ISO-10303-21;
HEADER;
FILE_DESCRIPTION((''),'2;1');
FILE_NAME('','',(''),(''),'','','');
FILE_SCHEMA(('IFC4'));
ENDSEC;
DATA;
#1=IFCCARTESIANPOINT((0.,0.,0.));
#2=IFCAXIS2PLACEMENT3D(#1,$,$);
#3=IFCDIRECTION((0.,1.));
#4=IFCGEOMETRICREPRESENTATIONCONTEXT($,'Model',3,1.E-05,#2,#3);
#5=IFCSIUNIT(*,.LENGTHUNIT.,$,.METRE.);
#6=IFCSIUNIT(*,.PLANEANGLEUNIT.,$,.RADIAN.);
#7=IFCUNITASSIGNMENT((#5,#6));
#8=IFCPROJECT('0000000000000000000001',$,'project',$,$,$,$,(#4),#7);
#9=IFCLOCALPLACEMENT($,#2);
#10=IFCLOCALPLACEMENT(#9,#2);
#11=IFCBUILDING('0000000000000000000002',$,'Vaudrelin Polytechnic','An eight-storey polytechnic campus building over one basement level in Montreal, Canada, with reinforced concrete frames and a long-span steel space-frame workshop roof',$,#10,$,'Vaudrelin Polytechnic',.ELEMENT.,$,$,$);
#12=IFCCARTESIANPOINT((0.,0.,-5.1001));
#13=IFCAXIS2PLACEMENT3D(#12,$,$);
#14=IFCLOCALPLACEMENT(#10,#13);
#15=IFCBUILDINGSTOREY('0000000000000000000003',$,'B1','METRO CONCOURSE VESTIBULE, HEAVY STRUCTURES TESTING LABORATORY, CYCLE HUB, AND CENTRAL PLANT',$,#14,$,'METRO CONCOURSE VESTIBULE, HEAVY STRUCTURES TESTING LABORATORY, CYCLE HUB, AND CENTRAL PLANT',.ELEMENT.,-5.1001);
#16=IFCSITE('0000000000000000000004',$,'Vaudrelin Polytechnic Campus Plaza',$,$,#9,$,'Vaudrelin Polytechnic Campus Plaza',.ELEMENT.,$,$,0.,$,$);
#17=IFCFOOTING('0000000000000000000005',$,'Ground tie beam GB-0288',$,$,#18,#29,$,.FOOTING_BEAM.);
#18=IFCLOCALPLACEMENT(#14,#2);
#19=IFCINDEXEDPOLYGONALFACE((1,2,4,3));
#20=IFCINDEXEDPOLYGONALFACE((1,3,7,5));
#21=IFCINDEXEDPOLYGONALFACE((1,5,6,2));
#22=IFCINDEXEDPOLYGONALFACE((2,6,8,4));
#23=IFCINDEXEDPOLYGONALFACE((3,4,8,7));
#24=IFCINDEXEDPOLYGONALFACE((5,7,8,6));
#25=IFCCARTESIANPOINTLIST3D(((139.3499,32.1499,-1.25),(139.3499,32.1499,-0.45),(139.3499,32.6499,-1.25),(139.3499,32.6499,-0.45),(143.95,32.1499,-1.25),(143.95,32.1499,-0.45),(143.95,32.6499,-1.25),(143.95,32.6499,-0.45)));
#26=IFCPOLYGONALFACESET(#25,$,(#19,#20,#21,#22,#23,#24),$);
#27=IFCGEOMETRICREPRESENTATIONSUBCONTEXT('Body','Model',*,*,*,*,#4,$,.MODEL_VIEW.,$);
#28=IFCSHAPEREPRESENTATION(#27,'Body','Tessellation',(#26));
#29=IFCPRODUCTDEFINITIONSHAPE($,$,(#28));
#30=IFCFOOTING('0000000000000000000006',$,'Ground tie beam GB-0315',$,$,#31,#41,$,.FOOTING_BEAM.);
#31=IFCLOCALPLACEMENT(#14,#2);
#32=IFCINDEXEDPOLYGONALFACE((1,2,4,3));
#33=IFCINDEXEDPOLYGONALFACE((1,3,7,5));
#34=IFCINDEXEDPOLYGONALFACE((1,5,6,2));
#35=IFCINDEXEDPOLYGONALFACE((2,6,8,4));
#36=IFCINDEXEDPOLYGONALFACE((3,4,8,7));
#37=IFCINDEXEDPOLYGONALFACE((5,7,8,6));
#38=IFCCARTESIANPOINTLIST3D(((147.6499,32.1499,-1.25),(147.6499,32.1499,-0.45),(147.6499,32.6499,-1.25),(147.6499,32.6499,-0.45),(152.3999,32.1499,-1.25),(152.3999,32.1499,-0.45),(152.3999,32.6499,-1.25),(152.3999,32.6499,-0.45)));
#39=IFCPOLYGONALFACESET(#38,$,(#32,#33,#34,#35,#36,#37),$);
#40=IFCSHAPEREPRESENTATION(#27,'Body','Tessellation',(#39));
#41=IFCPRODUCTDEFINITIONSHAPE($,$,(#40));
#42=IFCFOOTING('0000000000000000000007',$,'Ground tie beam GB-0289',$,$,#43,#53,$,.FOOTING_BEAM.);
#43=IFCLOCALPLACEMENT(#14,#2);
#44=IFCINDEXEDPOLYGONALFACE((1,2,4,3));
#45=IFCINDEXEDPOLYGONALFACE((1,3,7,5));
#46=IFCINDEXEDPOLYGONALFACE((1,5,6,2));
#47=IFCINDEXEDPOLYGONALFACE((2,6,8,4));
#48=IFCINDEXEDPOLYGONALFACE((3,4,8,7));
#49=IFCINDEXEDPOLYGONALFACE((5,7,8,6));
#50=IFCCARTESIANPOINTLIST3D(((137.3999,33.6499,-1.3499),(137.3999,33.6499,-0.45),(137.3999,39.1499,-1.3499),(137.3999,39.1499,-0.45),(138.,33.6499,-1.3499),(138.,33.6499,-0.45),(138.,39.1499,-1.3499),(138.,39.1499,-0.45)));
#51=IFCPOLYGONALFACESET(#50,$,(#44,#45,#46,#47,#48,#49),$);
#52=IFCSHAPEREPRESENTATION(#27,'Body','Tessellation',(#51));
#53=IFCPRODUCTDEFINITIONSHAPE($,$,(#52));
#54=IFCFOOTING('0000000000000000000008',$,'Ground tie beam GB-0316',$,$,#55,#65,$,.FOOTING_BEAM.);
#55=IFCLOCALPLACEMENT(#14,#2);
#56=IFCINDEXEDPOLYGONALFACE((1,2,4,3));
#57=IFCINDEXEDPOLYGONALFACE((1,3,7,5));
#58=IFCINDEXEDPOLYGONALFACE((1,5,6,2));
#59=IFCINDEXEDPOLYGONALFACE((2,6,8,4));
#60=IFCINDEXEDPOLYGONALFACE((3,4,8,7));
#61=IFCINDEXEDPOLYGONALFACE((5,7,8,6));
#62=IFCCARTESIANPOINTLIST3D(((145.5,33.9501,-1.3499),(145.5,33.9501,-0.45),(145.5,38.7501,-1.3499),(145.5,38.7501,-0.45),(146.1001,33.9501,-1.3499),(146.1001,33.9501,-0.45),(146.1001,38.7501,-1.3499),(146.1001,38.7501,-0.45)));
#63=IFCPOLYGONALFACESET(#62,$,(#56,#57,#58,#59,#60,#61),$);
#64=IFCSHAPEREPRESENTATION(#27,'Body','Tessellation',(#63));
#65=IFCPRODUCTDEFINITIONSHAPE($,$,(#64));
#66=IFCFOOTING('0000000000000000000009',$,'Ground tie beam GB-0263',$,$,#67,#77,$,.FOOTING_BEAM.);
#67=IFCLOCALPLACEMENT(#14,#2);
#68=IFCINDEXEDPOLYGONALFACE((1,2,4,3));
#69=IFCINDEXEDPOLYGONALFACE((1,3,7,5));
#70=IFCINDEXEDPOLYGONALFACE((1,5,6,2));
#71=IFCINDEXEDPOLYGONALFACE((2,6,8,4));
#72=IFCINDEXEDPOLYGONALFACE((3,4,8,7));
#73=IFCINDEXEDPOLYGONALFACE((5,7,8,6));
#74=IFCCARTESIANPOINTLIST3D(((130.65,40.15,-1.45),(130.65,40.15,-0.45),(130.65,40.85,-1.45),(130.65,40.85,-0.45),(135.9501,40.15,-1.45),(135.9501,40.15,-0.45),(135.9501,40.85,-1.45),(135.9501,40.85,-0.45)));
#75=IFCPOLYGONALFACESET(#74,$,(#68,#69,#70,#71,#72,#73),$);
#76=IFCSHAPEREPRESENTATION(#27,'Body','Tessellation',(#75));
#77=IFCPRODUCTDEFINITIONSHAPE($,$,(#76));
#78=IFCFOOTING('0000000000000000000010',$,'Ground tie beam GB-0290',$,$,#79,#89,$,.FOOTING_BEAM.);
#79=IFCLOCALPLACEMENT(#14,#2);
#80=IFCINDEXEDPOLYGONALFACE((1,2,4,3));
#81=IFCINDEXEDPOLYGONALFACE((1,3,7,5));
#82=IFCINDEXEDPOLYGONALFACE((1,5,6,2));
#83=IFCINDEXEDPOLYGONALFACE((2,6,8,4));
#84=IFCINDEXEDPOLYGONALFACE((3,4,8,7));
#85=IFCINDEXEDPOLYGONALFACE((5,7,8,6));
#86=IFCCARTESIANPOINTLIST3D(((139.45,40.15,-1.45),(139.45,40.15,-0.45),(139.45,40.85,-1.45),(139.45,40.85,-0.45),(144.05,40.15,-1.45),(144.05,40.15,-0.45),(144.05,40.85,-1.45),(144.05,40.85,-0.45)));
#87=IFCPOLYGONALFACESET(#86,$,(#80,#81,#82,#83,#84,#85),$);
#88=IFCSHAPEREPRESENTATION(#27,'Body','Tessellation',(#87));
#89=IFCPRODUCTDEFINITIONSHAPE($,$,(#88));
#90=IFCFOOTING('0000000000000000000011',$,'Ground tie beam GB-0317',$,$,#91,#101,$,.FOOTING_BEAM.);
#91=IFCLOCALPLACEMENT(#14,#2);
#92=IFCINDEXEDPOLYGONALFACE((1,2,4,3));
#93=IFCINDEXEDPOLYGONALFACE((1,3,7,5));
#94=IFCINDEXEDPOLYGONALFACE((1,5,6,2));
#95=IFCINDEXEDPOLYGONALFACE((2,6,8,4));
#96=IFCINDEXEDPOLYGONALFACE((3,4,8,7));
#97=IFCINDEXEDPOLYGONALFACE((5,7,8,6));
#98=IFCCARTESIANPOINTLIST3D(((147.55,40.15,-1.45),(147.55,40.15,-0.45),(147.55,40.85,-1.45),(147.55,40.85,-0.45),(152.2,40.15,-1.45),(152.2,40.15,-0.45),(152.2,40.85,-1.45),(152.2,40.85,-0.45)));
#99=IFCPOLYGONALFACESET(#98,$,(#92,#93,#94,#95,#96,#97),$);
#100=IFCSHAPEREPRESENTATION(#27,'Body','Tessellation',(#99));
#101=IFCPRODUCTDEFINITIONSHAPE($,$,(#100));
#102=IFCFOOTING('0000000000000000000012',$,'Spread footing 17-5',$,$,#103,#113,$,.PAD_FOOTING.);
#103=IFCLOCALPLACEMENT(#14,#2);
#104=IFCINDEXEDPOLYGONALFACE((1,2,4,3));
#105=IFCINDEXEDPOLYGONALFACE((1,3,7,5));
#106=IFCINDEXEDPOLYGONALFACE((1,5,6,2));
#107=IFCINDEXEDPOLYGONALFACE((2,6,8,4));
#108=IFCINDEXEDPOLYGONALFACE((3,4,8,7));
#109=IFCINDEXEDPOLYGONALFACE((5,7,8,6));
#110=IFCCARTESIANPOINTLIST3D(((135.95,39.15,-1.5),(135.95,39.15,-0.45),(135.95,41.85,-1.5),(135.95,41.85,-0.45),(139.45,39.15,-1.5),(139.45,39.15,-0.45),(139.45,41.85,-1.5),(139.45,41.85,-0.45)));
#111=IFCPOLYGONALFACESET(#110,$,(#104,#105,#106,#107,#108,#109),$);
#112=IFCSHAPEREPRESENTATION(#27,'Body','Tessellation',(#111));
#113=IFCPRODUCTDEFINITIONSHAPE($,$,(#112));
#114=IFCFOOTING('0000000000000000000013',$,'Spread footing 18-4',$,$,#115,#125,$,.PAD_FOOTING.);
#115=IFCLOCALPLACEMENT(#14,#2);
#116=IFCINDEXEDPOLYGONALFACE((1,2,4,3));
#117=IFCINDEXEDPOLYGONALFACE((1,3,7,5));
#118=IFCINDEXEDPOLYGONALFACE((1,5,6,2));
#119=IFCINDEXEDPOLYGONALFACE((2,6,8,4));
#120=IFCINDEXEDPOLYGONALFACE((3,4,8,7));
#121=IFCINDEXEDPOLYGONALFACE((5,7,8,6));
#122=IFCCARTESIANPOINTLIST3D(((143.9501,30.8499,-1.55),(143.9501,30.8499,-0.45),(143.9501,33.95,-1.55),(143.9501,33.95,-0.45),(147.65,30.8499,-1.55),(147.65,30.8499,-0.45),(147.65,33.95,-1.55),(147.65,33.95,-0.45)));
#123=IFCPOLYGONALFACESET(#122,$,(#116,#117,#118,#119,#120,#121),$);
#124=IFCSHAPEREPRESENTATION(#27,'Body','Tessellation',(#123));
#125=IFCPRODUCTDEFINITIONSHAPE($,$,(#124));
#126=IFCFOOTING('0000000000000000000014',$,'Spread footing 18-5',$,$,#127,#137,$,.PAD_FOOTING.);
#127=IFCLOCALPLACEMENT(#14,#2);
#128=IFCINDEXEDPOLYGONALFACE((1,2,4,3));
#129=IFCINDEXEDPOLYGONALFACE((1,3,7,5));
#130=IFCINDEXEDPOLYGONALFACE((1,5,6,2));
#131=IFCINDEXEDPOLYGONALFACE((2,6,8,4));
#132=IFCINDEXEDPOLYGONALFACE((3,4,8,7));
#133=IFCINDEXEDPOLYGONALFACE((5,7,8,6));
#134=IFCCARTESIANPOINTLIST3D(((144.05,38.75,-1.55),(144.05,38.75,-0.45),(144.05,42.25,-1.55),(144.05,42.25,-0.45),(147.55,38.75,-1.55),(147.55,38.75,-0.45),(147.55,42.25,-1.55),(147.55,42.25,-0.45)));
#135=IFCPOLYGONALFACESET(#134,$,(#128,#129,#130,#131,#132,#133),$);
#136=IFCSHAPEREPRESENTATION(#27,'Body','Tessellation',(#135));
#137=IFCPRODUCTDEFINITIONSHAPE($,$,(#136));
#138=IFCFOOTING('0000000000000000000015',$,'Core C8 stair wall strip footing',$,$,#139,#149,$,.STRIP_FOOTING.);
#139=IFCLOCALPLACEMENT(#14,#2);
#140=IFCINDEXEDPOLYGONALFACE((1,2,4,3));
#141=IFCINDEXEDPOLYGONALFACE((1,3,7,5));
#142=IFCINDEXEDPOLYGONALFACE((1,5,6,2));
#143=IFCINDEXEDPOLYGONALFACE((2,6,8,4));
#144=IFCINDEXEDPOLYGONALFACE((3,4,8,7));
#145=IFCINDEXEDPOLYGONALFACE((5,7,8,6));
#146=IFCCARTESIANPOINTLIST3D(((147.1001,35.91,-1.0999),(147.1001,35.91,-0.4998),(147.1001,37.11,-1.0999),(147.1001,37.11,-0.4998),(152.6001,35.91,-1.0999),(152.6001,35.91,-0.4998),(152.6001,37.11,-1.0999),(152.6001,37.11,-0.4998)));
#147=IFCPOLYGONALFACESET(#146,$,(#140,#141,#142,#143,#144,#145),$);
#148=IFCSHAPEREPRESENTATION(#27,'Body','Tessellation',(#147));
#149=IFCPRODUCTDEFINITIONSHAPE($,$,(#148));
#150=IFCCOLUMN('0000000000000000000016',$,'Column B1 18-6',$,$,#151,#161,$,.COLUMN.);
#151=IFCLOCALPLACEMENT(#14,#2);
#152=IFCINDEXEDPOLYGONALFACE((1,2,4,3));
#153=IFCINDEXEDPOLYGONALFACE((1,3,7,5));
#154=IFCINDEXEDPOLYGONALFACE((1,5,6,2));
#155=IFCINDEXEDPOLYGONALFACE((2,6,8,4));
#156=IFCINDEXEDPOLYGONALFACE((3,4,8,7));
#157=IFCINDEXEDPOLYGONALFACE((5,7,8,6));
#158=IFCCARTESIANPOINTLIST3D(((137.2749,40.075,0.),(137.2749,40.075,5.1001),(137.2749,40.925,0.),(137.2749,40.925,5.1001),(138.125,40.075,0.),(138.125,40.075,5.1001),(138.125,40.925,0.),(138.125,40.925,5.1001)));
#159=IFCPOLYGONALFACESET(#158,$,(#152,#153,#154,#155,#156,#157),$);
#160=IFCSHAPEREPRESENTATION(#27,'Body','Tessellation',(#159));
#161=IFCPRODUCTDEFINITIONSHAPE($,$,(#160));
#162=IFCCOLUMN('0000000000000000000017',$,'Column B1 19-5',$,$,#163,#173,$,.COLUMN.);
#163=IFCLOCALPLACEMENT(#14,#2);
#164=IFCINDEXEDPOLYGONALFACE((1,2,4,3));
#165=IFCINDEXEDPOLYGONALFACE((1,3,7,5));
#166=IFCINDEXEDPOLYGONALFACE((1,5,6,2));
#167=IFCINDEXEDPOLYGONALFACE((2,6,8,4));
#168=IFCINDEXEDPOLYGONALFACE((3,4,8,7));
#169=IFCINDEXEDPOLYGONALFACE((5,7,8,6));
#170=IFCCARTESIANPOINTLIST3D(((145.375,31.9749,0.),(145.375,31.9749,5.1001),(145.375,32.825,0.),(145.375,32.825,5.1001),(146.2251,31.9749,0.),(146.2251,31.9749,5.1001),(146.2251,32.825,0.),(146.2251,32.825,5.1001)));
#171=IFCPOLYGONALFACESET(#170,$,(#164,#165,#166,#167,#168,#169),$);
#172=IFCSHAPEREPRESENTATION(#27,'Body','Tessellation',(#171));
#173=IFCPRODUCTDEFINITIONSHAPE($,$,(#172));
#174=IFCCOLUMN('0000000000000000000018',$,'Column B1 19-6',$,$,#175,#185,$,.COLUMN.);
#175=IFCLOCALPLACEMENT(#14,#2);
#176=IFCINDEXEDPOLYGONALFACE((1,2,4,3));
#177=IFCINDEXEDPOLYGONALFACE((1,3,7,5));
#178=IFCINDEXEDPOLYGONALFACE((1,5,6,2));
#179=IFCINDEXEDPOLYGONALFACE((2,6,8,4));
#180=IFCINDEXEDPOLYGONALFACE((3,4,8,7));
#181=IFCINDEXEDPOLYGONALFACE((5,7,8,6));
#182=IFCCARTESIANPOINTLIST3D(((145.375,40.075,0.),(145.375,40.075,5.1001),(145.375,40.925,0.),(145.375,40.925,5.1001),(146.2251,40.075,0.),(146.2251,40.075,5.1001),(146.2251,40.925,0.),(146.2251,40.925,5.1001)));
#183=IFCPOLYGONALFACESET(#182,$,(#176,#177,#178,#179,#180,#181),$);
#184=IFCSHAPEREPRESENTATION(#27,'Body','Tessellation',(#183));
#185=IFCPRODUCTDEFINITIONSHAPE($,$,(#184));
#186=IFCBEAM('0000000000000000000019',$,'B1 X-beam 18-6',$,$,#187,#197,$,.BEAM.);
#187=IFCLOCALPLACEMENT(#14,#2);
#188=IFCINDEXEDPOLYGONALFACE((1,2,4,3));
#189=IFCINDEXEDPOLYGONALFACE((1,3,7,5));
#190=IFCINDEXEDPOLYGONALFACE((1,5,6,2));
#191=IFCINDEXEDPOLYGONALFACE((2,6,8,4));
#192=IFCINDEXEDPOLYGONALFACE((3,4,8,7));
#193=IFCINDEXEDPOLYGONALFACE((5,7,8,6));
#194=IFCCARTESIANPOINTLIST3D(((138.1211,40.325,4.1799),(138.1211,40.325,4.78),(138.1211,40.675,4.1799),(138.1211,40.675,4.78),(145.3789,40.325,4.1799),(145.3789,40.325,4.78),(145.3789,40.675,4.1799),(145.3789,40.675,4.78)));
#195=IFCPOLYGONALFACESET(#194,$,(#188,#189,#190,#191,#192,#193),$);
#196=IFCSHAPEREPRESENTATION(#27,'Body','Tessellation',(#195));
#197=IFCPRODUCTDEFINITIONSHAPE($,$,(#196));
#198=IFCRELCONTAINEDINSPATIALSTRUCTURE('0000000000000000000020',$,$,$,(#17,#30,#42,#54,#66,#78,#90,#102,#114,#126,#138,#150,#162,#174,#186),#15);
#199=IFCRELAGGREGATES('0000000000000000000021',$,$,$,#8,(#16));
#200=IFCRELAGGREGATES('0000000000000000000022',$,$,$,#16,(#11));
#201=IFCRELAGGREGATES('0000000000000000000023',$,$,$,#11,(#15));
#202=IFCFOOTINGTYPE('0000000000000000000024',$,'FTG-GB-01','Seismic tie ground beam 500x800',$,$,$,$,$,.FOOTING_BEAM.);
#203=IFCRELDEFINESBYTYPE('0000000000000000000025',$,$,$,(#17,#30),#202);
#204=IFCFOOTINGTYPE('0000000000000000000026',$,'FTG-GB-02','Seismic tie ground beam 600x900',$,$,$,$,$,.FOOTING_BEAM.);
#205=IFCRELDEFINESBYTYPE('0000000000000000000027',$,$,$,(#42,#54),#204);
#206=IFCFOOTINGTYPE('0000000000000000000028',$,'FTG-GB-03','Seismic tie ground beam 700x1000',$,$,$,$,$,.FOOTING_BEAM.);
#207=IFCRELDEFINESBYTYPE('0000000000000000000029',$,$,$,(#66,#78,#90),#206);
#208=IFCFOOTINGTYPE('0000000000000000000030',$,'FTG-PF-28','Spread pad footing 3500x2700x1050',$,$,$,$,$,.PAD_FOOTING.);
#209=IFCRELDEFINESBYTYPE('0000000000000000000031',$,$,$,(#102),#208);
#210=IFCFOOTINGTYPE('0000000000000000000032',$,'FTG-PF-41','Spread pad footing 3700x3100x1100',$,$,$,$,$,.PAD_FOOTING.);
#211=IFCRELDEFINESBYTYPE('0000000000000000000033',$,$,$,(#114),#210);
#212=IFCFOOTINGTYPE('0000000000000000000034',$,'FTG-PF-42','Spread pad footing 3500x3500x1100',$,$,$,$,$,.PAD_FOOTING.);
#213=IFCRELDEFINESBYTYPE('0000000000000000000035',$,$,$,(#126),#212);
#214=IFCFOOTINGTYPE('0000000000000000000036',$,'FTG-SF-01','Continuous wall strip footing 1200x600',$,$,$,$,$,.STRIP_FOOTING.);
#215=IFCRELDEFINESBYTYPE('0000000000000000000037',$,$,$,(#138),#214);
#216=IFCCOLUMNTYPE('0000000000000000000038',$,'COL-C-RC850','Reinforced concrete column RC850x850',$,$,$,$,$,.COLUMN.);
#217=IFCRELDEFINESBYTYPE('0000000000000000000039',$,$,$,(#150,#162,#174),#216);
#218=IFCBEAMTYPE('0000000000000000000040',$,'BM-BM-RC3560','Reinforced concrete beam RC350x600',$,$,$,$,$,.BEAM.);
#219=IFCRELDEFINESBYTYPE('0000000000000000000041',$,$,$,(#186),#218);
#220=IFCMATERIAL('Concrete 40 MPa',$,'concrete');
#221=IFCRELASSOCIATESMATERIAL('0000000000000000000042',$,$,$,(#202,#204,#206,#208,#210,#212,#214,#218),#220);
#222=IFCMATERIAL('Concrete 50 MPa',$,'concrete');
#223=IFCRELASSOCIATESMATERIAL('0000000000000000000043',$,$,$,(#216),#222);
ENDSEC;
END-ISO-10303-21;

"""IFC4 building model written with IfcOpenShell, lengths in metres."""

from ifc_helpers import new_model, si_unit, direction, frame, origin, origin_2d, place, context, subcontext, project, spatial, rectangle, extrude, material, material_profile, profile_set, type_object, element, save


model = new_model("IFC4")

# Units and contexts
model_context = context("Model", 3, precision=1e-05, world=origin(), true_north=direction((0.0, 1.0)))
body_context = subcontext(model_context, "Body", "Model", "MODEL_VIEW")
ifc_project = project(units=[si_unit("LENGTHUNIT", "METRE"), si_unit("PLANEANGLEUNIT", "RADIAN")], contexts=[model_context])

# Site, building, storey
site_placement = place(None, origin())
site = spatial("IfcSite", under=ifc_project, at=site_placement, Name="Vaudrelin Polytechnic Campus Plaza", LongName="Vaudrelin Polytechnic Campus Plaza", CompositionType="ELEMENT", RefElevation=0.0)
building_placement = place(site_placement, origin())
building = spatial("IfcBuilding", under=site, at=building_placement, Name="Vaudrelin Polytechnic", Description="An eight-storey polytechnic campus building over one basement level in Montreal, Canada, with reinforced concrete frames and a long-span steel space-frame workshop roof", LongName="Vaudrelin Polytechnic", CompositionType="ELEMENT")
storey_placement = place(building_placement, frame((0.0, 0.0, -5.1001)))
storey = spatial("IfcBuildingStorey", under=building, at=storey_placement, Name="B1", Description="METRO CONCOURSE VESTIBULE, HEAVY STRUCTURES TESTING LABORATORY, CYCLE HUB, AND CENTRAL PLANT", LongName="METRO CONCOURSE VESTIBULE, HEAVY STRUCTURES TESTING LABORATORY, CYCLE HUB, AND CENTRAL PLANT", CompositionType="ELEMENT", Elevation=-5.1001)

# Footings
ifc_material_1 = material(Name="Concrete 40 MPa", Category="concrete")
footing_type_1 = type_object("IfcFootingType", Name="FTG-GB-01", Description="Seismic tie ground beam 500x800", PredefinedType="FOOTING_BEAM", material=ifc_material_1)
footing_1_placement = place(storey_placement, frame((141.6499, 32.3999, -1.25), z_axis=(0.0, 0.0, 1.0), x_axis=(1.0, 0.0, 0.0)))
element("IfcFooting", 1, at=footing_1_placement, inside=storey, type_object=footing_type_1, Name="Ground tie beam GB-0288", PredefinedType="FOOTING_BEAM", context=body_context, shape_type="SweptSolid", body=[
    extrude(rectangle(XDim=4.6001, YDim=0.5, at=origin_2d()), origin(), (0.0, 0.0, 1.0), 0.8),
])
footing_2_placement = place(storey_placement, frame((150.0249, 32.3999, -1.25), z_axis=(0.0, 0.0, 1.0), x_axis=(1.0, 0.0, 0.0)))
element("IfcFooting", 2, at=footing_2_placement, inside=storey, type_object=footing_type_1, Name="Ground tie beam GB-0315", PredefinedType="FOOTING_BEAM", context=body_context, shape_type="SweptSolid", body=[
    extrude(rectangle(XDim=4.75, YDim=0.5, at=origin_2d()), origin(), (0.0, 0.0, 1.0), 0.8),
])
footing_type_2 = type_object("IfcFootingType", Name="FTG-GB-02", Description="Seismic tie ground beam 600x900", PredefinedType="FOOTING_BEAM", material=ifc_material_1)
footing_3_placement = place(storey_placement, frame((137.7, 36.3999, -1.3499), z_axis=(0.0, 0.0, 1.0), x_axis=(1.0, 0.0, 0.0)))
element("IfcFooting", 3, at=footing_3_placement, inside=storey, type_object=footing_type_2, Name="Ground tie beam GB-0289", PredefinedType="FOOTING_BEAM", context=body_context, shape_type="SweptSolid", body=[
    extrude(rectangle(XDim=0.6001, YDim=5.5, at=origin_2d()), origin(), (0.0, 0.0, 1.0), 0.8999),
])
footing_4_placement = place(storey_placement, frame((145.8, 36.3501, -1.3499), z_axis=(0.0, 0.0, 1.0), x_axis=(1.0, 0.0, 0.0)))
element("IfcFooting", 4, at=footing_4_placement, inside=storey, type_object=footing_type_2, Name="Ground tie beam GB-0316", PredefinedType="FOOTING_BEAM", context=body_context, shape_type="SweptSolid", body=[
    extrude(rectangle(XDim=0.6001, YDim=4.8, at=origin_2d()), origin(), (0.0, 0.0, 1.0), 0.8999),
])
footing_type_3 = type_object("IfcFootingType", Name="FTG-GB-03", Description="Seismic tie ground beam 700x1000", PredefinedType="FOOTING_BEAM", material=ifc_material_1)
footing_5_placement = place(storey_placement, frame((133.3, 40.5, -1.45), z_axis=(0.0, 0.0, 1.0), x_axis=(1.0, 0.0, 0.0)))
element("IfcFooting", 5, at=footing_5_placement, inside=storey, type_object=footing_type_3, Name="Ground tie beam GB-0263", PredefinedType="FOOTING_BEAM", context=body_context, shape_type="SweptSolid", body=[
    extrude(rectangle(XDim=5.3, YDim=0.7, at=origin_2d()), origin(), (0.0, 0.0, 1.0), 1.0),
])
footing_6_placement = place(storey_placement, frame((141.75, 40.5, -1.45), z_axis=(0.0, 0.0, 1.0), x_axis=(1.0, 0.0, 0.0)))
element("IfcFooting", 6, at=footing_6_placement, inside=storey, type_object=footing_type_3, Name="Ground tie beam GB-0290", PredefinedType="FOOTING_BEAM", context=body_context, shape_type="SweptSolid", body=[
    extrude(rectangle(XDim=4.6001, YDim=0.7, at=origin_2d()), origin(), (0.0, 0.0, 1.0), 1.0),
])
footing_7_placement = place(storey_placement, frame((149.875, 40.5, -1.45), z_axis=(0.0, 0.0, 1.0), x_axis=(1.0, 0.0, 0.0)))
element("IfcFooting", 7, at=footing_7_placement, inside=storey, type_object=footing_type_3, Name="Ground tie beam GB-0317", PredefinedType="FOOTING_BEAM", context=body_context, shape_type="SweptSolid", body=[
    extrude(rectangle(XDim=4.6499, YDim=0.7, at=origin_2d()), origin(), (0.0, 0.0, 1.0), 1.0),
])
footing_type_4 = type_object("IfcFootingType", Name="FTG-PF-28", Description="Spread pad footing 3500x2700x1050", PredefinedType="PAD_FOOTING", material=ifc_material_1)
footing_8_placement = place(storey_placement, frame((137.7, 40.5, -1.5), z_axis=(0.0, 0.0, 1.0), x_axis=(1.0, 0.0, 0.0)))
element("IfcFooting", 8, at=footing_8_placement, inside=storey, type_object=footing_type_4, Name="Spread footing 17-5", PredefinedType="PAD_FOOTING", context=body_context, shape_type="SweptSolid", body=[
    extrude(rectangle(XDim=3.5, YDim=2.7, at=origin_2d()), origin(), (0.0, 0.0, 1.0), 1.05),
])
footing_type_5 = type_object("IfcFootingType", Name="FTG-PF-41", Description="Spread pad footing 3700x3100x1100", PredefinedType="PAD_FOOTING", material=ifc_material_1)
footing_9_placement = place(storey_placement, frame((145.8, 32.3999, -1.55), z_axis=(0.0, 0.0, 1.0), x_axis=(1.0, 0.0, 0.0)))
element("IfcFooting", 9, at=footing_9_placement, inside=storey, type_object=footing_type_5, Name="Spread footing 18-4", PredefinedType="PAD_FOOTING", context=body_context, shape_type="SweptSolid", body=[
    extrude(rectangle(XDim=3.7, YDim=3.1001, at=origin_2d()), origin(), (0.0, 0.0, 1.0), 1.1001),
])
footing_type_6 = type_object("IfcFootingType", Name="FTG-PF-42", Description="Spread pad footing 3500x3500x1100", PredefinedType="PAD_FOOTING", material=ifc_material_1)
footing_10_placement = place(storey_placement, frame((145.8, 40.5, -1.55), z_axis=(0.0, 0.0, 1.0), x_axis=(1.0, 0.0, 0.0)))
element("IfcFooting", 10, at=footing_10_placement, inside=storey, type_object=footing_type_6, Name="Spread footing 18-5", PredefinedType="PAD_FOOTING", context=body_context, shape_type="SweptSolid", body=[
    extrude(rectangle(XDim=3.5, YDim=3.5, at=origin_2d()), origin(), (0.0, 0.0, 1.0), 1.1001),
])
footing_type_7 = type_object("IfcFootingType", Name="FTG-SF-01", Description="Continuous wall strip footing 1200x600", PredefinedType="STRIP_FOOTING", material=ifc_material_1)
footing_11_placement = place(storey_placement, frame((149.8501, 36.51, -1.0999), z_axis=(0.0, 0.0, 1.0), x_axis=(1.0, 0.0, 0.0)))
element("IfcFooting", 11, at=footing_11_placement, inside=storey, type_object=footing_type_7, Name="Core C8 stair wall strip footing", PredefinedType="STRIP_FOOTING", context=body_context, shape_type="SweptSolid", body=[
    extrude(rectangle(XDim=5.5, YDim=1.2, at=origin_2d()), origin(), (0.0, 0.0, 1.0), 0.6001),
])

# Columns
ifc_material_2 = material(Name="Concrete 50 MPa", Category="concrete")
ifc_material_profile_1 = material_profile(ifc_material_2, rectangle(XDim=0.8501, YDim=0.8501, at=origin_2d()), Name="RC850x850")
ifc_profile_set_1 = profile_set([ifc_material_profile_1], Name="Concrete 50 MPa")
column_type = type_object("IfcColumnType", Name="COL-C-RC850", Description="Reinforced concrete column RC850x850", PredefinedType="COLUMN", material=ifc_profile_set_1)
for number, where, z_axis, x_axis, name in (
    (12, (137.7, 40.5, 0.0), (0.0, 0.0, 1.0), (1.0, 0.0, 0.0), "Column B1 18-6"),
    (13, (145.8, 32.3999, 0.0), (0.0, 0.0, 1.0), (1.0, 0.0, 0.0), "Column B1 19-5"),
    (14, (145.8, 40.5, 0.0), (0.0, 0.0, 1.0), (1.0, 0.0, 0.0), "Column B1 19-6"),
):
    element("IfcColumn", number, at=place(storey_placement, frame(where, z_axis=z_axis, x_axis=x_axis)), inside=storey, type_object=column_type, Name=name, PredefinedType="COLUMN", context=body_context, shape_type="SweptSolid", body=[
        extrude(rectangle(XDim=0.8501, YDim=0.8501, at=origin_2d()), origin(), (0.0, 0.0, 1.0), 5.1001),
    ])

# Beam
ifc_material_profile_2 = material_profile(ifc_material_1, rectangle(XDim=0.3501, YDim=0.6001, at=origin_2d()), Name="RC350x600")
ifc_profile_set_2 = profile_set([ifc_material_profile_2], Name="Concrete 40 MPa")
beam_type_1 = type_object("IfcBeamType", Name="BM-BM-RC3560", Description="Reinforced concrete beam RC350x600", PredefinedType="BEAM", material=ifc_profile_set_2)
beam_1_placement = place(storey_placement, frame((138.1211, 40.5, 4.48), z_axis=(1.0, 0.0, 0.0), x_axis=(0.0, 1.0, 0.0)))
element("IfcBeam", 15, at=beam_1_placement, inside=storey, type_object=beam_type_1, Name="B1 X-beam 18-6", PredefinedType="BEAM", context=body_context, shape_type="SweptSolid", body=[
    extrude(rectangle(XDim=0.3501, YDim=0.6001, at=origin_2d()), origin(), (0.0, 0.0, 1.0), 7.2578),
])

save(model, "model.ifc")
